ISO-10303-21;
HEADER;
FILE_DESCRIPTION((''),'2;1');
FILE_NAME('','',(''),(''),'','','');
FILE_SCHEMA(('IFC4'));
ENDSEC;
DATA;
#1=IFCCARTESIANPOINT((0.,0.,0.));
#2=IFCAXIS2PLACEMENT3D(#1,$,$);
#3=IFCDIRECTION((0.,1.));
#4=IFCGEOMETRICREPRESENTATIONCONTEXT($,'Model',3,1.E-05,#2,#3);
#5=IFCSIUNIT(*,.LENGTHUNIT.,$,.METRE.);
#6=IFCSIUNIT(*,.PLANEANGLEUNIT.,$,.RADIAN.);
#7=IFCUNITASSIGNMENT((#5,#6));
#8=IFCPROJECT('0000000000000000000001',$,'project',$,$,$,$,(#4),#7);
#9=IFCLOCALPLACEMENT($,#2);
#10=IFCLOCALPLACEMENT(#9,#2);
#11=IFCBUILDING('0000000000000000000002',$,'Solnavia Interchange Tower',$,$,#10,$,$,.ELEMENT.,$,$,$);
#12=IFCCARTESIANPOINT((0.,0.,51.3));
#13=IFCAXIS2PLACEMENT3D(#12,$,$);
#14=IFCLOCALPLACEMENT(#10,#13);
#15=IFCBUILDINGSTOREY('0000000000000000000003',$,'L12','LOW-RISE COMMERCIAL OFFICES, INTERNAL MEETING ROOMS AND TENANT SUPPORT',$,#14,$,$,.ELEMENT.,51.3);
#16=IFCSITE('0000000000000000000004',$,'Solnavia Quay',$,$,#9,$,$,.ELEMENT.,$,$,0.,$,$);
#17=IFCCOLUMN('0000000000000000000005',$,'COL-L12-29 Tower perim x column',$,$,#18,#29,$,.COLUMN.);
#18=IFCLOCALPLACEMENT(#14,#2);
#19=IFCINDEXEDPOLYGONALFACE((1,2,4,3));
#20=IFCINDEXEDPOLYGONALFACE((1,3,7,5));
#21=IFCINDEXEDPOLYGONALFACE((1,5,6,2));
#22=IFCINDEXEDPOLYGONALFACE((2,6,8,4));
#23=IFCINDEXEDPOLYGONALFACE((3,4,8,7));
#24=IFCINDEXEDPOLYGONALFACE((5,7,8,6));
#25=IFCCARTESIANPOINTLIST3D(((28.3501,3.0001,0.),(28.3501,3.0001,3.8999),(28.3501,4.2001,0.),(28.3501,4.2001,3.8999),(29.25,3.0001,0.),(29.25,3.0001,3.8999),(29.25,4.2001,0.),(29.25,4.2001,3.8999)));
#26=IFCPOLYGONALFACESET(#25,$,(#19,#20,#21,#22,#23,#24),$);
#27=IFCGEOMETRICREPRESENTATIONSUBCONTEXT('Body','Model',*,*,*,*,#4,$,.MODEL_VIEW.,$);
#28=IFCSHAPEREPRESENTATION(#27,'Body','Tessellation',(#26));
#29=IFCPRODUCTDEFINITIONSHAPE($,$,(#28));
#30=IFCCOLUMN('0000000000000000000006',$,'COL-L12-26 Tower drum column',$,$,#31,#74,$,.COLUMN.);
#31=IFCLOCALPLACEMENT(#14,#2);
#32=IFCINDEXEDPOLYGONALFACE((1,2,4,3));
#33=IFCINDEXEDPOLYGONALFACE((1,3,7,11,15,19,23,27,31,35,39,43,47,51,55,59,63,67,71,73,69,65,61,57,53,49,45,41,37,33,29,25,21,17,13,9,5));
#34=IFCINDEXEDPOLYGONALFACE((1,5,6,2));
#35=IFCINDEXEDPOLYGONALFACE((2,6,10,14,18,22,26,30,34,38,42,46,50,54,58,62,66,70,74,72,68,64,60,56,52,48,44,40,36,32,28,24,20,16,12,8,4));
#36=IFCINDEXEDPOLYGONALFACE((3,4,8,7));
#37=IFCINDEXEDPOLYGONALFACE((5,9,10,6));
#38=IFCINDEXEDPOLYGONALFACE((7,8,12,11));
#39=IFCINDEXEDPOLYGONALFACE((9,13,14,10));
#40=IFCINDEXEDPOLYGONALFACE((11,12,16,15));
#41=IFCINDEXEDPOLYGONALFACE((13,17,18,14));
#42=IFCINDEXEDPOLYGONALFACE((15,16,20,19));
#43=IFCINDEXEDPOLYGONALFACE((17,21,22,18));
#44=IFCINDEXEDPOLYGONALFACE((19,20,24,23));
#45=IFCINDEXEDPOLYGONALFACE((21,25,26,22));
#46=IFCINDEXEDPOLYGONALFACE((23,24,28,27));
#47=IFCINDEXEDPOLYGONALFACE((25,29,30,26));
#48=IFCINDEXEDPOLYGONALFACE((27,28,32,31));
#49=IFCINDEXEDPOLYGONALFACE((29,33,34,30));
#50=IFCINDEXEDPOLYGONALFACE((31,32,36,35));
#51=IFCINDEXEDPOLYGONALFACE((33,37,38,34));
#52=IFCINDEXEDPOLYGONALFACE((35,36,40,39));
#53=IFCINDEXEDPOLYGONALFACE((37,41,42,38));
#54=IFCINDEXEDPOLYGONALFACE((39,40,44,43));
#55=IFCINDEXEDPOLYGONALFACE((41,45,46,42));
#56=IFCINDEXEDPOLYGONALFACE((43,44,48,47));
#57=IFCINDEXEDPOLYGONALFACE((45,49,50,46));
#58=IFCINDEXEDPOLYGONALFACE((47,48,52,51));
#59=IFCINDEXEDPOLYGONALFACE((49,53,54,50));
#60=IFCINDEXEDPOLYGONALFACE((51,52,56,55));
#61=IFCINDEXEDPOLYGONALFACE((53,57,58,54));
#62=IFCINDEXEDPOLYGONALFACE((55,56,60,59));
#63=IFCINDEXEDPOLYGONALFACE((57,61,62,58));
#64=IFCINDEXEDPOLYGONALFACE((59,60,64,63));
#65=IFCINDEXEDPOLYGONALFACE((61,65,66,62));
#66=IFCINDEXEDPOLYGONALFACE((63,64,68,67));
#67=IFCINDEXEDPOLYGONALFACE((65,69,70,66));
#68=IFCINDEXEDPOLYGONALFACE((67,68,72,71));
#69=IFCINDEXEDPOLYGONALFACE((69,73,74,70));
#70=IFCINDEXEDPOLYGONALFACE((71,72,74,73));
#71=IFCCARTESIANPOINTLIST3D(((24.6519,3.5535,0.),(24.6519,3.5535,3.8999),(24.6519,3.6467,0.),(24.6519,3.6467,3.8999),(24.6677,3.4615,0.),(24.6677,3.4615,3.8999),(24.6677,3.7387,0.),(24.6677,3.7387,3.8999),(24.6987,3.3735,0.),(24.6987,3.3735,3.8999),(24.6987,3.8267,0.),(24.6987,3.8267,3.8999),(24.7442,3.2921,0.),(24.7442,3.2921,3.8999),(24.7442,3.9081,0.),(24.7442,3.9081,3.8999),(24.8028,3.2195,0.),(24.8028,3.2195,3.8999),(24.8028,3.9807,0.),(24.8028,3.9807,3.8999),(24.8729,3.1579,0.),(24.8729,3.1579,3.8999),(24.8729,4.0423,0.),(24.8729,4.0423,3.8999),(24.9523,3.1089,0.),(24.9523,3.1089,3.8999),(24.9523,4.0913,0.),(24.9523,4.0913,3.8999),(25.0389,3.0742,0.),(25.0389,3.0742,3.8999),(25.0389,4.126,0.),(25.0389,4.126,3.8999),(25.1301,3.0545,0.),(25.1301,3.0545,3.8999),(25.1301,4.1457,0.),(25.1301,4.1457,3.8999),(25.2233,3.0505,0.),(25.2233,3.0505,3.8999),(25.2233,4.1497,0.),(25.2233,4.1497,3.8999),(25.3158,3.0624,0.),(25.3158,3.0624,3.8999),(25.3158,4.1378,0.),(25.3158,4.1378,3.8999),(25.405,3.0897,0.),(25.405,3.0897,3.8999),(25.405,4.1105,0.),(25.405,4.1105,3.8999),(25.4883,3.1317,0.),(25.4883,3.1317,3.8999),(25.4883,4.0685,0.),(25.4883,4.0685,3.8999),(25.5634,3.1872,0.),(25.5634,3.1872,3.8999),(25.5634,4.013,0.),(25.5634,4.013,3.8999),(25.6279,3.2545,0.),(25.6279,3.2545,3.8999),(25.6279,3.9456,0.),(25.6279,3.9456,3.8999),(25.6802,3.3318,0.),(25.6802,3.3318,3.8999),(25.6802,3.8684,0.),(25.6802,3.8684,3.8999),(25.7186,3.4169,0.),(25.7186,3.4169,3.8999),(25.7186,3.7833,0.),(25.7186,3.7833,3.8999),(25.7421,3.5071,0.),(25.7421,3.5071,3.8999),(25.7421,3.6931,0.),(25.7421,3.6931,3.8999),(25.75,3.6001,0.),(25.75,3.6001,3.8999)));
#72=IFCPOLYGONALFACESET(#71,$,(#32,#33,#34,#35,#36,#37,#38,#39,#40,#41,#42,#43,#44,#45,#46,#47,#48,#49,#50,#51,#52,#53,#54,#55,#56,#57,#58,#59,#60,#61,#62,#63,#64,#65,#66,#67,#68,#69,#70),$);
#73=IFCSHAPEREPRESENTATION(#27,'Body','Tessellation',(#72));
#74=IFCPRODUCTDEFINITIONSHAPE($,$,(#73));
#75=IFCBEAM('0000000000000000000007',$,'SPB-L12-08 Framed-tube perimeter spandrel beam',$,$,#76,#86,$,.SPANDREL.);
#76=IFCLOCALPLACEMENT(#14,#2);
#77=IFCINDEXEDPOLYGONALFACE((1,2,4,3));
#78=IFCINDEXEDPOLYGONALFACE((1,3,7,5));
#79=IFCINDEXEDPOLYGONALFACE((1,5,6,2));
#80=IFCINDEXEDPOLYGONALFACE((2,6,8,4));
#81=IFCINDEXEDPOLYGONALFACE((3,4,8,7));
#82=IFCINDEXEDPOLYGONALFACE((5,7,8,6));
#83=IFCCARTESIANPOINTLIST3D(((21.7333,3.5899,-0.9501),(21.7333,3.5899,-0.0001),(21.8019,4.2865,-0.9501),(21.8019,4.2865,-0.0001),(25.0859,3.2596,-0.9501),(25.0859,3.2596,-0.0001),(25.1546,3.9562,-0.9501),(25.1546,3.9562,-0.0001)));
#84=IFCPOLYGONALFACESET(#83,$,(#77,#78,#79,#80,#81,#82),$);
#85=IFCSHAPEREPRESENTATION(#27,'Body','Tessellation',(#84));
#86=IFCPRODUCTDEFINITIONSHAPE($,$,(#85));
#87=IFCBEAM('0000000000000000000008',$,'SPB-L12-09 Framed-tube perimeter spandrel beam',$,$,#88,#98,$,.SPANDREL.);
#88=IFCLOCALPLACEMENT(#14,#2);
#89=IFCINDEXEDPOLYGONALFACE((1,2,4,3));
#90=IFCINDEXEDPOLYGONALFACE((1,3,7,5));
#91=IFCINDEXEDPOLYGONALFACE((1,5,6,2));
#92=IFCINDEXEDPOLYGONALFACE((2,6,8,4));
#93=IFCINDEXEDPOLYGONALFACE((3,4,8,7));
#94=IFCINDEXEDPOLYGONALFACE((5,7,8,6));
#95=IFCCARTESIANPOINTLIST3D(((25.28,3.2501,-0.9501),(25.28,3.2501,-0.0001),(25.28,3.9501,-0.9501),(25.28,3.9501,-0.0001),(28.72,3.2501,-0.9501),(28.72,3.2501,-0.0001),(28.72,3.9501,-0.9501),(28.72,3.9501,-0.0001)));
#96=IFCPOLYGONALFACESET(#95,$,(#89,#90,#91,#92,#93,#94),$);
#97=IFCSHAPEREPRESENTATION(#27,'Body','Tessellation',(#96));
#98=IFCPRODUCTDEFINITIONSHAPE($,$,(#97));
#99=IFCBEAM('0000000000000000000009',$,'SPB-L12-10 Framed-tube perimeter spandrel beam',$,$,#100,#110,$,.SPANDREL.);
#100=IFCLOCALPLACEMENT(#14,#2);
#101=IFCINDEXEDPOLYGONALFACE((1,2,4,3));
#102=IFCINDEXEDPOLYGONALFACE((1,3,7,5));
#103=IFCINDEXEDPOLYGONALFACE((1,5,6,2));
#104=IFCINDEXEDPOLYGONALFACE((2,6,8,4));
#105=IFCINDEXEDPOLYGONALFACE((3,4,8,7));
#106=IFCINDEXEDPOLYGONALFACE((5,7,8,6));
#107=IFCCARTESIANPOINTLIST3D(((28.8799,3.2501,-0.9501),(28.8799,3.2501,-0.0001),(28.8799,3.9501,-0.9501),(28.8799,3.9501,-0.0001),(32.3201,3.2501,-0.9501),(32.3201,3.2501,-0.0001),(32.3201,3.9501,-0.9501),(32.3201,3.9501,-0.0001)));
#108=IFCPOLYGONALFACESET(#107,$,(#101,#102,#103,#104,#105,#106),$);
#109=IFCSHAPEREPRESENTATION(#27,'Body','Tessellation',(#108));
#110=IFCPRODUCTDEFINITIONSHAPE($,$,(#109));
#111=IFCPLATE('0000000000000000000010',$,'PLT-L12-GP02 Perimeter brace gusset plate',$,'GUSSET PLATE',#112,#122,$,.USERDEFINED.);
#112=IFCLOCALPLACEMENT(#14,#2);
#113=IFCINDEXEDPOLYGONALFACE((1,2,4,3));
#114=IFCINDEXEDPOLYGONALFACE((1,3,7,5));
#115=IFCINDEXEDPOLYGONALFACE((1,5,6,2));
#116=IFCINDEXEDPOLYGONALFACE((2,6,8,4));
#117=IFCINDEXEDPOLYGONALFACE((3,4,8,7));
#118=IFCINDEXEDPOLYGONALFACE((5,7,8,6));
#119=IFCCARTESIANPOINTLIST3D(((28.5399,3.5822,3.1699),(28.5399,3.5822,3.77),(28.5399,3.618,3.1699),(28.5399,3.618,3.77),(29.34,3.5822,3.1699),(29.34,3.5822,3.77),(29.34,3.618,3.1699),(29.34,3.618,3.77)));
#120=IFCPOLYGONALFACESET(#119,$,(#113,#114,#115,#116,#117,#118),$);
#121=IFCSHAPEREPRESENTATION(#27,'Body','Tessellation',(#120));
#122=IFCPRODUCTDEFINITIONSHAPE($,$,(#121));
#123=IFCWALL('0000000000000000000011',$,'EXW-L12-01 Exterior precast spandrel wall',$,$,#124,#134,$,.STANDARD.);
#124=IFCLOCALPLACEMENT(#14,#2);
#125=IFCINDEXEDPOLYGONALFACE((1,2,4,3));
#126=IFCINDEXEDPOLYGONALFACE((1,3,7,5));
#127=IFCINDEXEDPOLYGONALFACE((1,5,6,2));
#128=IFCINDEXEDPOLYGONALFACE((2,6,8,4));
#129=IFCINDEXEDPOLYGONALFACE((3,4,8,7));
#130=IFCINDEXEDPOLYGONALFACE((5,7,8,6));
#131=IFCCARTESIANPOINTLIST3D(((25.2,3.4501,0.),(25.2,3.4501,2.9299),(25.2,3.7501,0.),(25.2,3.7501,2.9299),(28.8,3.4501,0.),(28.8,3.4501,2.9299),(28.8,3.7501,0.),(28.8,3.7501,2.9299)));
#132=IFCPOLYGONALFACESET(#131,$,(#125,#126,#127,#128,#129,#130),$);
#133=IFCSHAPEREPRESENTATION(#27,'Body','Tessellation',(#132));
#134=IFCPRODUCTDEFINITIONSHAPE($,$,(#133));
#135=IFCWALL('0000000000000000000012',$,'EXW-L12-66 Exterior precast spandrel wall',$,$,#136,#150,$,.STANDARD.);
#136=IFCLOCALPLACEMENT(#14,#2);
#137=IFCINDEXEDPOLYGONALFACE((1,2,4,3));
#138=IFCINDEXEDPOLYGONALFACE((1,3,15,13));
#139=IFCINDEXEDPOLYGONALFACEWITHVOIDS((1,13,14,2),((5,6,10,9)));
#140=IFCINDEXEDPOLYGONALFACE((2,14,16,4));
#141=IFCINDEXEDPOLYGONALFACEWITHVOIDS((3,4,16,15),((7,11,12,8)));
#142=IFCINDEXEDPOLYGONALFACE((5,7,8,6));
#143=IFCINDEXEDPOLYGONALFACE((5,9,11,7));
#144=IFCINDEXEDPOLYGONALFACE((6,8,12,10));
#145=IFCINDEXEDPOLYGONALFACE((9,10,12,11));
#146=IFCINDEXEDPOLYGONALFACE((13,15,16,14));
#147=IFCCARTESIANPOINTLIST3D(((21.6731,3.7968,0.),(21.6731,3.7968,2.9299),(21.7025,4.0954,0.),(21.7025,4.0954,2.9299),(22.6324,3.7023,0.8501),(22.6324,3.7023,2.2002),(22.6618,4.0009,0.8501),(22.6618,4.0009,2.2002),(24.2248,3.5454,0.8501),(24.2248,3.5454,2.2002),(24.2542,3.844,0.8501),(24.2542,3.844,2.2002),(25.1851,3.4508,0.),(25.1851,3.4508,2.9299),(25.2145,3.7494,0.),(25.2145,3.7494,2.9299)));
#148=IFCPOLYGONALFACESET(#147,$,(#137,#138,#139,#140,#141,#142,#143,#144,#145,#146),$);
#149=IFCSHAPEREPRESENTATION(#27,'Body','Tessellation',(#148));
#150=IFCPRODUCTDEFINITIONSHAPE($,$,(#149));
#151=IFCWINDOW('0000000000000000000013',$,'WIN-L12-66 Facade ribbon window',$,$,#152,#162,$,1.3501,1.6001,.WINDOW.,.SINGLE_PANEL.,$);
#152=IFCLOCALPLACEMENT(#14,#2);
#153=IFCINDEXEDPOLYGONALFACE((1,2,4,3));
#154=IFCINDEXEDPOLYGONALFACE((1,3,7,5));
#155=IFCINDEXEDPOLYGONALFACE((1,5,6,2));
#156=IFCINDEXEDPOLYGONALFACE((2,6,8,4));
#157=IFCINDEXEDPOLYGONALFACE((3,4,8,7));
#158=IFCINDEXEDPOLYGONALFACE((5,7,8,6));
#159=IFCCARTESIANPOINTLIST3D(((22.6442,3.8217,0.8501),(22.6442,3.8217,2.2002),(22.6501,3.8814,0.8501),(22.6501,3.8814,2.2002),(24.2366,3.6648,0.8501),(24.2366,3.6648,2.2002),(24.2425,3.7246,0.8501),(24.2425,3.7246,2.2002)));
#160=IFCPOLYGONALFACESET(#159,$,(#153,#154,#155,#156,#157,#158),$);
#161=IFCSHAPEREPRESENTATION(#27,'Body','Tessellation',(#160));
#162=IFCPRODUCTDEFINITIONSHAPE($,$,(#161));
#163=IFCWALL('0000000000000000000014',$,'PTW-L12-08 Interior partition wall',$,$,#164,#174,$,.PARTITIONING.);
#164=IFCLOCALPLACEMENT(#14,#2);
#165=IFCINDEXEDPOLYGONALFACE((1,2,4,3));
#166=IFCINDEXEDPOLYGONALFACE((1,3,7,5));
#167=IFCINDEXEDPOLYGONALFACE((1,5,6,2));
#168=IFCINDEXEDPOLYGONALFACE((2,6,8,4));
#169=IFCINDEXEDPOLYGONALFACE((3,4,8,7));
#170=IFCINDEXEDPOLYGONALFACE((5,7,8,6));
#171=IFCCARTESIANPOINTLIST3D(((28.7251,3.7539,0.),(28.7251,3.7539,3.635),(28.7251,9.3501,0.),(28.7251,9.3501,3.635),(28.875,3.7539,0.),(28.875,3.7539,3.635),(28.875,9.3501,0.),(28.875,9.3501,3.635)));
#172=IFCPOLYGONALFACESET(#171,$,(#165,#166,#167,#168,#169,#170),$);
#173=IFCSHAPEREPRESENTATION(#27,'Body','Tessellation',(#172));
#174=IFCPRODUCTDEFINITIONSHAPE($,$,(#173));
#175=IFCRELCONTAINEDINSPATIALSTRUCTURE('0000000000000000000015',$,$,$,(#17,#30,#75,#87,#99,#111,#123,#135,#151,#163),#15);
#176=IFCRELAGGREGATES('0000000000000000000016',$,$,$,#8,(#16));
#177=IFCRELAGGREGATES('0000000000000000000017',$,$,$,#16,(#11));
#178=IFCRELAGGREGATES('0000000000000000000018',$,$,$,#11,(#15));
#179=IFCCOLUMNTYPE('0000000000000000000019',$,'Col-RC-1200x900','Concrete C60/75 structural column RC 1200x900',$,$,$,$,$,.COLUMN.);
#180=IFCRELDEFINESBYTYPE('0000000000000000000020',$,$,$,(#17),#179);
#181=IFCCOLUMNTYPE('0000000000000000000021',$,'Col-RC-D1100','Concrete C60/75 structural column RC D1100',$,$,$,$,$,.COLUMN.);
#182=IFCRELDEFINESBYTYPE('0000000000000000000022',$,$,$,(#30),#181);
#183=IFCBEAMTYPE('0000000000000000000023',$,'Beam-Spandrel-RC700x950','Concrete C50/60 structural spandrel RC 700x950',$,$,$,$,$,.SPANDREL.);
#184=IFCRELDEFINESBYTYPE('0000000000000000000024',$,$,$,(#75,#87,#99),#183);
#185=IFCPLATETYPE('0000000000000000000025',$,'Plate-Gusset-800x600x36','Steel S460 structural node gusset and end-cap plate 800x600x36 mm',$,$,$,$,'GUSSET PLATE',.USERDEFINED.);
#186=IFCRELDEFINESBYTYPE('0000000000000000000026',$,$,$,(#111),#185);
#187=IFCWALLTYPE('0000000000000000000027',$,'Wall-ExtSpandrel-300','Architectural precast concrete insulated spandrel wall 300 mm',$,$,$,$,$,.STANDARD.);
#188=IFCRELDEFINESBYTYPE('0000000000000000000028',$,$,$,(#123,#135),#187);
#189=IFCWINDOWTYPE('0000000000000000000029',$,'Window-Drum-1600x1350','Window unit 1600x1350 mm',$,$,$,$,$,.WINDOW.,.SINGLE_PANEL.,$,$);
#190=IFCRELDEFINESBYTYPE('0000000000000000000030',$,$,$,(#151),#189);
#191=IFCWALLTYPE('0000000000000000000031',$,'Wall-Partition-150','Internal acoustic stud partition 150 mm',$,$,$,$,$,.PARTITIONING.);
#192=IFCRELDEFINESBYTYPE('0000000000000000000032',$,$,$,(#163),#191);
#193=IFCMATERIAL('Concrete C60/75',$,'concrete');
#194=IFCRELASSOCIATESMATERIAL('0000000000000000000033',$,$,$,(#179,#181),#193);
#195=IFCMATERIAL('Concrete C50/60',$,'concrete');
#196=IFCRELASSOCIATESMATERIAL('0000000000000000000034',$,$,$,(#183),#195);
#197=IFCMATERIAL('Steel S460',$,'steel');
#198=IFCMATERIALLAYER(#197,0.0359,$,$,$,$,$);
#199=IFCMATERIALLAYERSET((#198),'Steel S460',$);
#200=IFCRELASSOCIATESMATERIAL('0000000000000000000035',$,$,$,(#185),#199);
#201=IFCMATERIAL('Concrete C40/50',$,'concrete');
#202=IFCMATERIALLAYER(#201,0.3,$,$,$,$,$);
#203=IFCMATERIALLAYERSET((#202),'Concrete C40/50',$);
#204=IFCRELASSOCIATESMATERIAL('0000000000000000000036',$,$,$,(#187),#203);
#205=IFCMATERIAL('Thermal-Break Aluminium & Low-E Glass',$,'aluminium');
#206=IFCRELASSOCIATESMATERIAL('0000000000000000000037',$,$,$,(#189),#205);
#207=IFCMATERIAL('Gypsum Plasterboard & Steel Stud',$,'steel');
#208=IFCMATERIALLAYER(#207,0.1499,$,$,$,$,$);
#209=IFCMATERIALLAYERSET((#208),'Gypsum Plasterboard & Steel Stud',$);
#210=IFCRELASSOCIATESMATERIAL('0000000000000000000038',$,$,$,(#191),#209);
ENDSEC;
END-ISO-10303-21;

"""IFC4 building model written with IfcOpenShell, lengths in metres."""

from ifc_helpers import new_model, si_unit, direction, frame, frame_2d, origin, origin_2d, place, context, subcontext, project, spatial, rectangle, circle, extrude, material, layer, layer_set, material_profile, profile_set, type_object, element, fill, save


model = new_model("IFC4")

# Units and contexts
model_context = context("Model", 3, precision=1e-05, world=origin(), true_north=direction((0.0, 1.0)))
body_context = subcontext(model_context, "Body", "Model", "MODEL_VIEW")
ifc_project = project(units=[si_unit("LENGTHUNIT", "METRE"), si_unit("PLANEANGLEUNIT", "RADIAN")], contexts=[model_context])

# Site, building, storey
site_placement = place(None, origin())
site = spatial("IfcSite", under=ifc_project, at=site_placement, Name="Solnavia Quay", CompositionType="ELEMENT", RefElevation=0.0)
building_placement = place(site_placement, origin())
building = spatial("IfcBuilding", under=site, at=building_placement, Name="Solnavia Interchange Tower", CompositionType="ELEMENT")
storey_placement = place(building_placement, frame((0.0, 0.0, 51.3)))
storey = spatial("IfcBuildingStorey", under=building, at=storey_placement, Name="L12", Description="LOW-RISE COMMERCIAL OFFICES, INTERNAL MEETING ROOMS AND TENANT SUPPORT", CompositionType="ELEMENT", Elevation=51.3)

# Columns
ifc_material_1 = material(Name="Concrete C60/75", Category="concrete")
ifc_material_profile_1 = material_profile(ifc_material_1, rectangle(XDim=0.8999, YDim=1.2, at=origin_2d()), Name="RC 1200x900")
ifc_profile_set_1 = profile_set([ifc_material_profile_1], Name="Concrete C60/75")
column_type_1 = type_object("IfcColumnType", Name="Col-RC-1200x900", Description="Concrete C60/75 structural column RC 1200x900", PredefinedType="COLUMN", material=ifc_profile_set_1)
column_1_placement = place(storey_placement, frame((28.8, 3.6001, 0.0), z_axis=(0.0, 0.0, 1.0), x_axis=(1.0, 0.0, 0.0)))
element("IfcColumn", 1, at=column_1_placement, inside=storey, type_object=column_type_1, Name="COL-L12-29 Tower perim x column", PredefinedType="COLUMN", context=body_context, shape_type="SweptSolid", body=[
    extrude(rectangle(XDim=0.8999, YDim=1.2, at=origin_2d()), origin(), (0.0, 0.0, 1.0), 3.8999),
])
ifc_material_profile_2 = material_profile(ifc_material_1, circle(Radius=0.55, at=origin_2d()), Name="RC D1100")
ifc_profile_set_2 = profile_set([ifc_material_profile_2], Name="Concrete C60/75")
column_type_2 = type_object("IfcColumnType", Name="Col-RC-D1100", Description="Concrete C60/75 structural column RC D1100", PredefinedType="COLUMN", material=ifc_profile_set_2)
column_2_placement = place(storey_placement, frame((25.2, 3.6001, 0.0), z_axis=(0.0, 0.0, 1.0), x_axis=(1.0, 0.0, 0.0)))
element("IfcColumn", 2, at=column_2_placement, inside=storey, type_object=column_type_2, Name="COL-L12-26 Tower drum column", PredefinedType="COLUMN", context=body_context, shape_type="SweptSolid", body=[
    extrude(circle(Radius=0.55, at=origin_2d()), origin(), (0.0, 0.0, 1.0), 3.8999),
])

# Beams
ifc_material_2 = material(Name="Concrete C50/60", Category="concrete")
ifc_material_profile_3 = material_profile(ifc_material_2, rectangle(XDim=0.7, YDim=0.95, at=origin_2d()), Name="RC 700x950")
ifc_profile_set_3 = profile_set([ifc_material_profile_3], Name="Concrete C50/60")
beam_type = type_object("IfcBeamType", Name="Beam-Spandrel-RC700x950", Description="Concrete C50/60 structural spandrel RC 700x950", PredefinedType="SPANDREL", material=ifc_profile_set_3)
beam_1_placement = place(storey_placement, frame((21.7676, 3.9382, -0.4751), z_axis=(0.995182, -0.098047, 0.0), x_axis=(0.098047, 0.995182, 0.0)))
element("IfcBeam", 3, at=beam_1_placement, inside=storey, type_object=beam_type, Name="SPB-L12-08 Framed-tube perimeter spandrel beam", PredefinedType="SPANDREL", context=body_context, shape_type="SweptSolid", body=[
    extrude(rectangle(XDim=0.7, YDim=0.95, at=origin_2d()), origin(), (0.0, 0.0, 1.0), 3.3689),
])
beam_2_placement = place(storey_placement, frame((25.28, 3.6001, -0.4751), z_axis=(1.0, 0.0, 0.0), x_axis=(0.0, 1.0, 0.0)))
element("IfcBeam", 4, at=beam_2_placement, inside=storey, type_object=beam_type, Name="SPB-L12-09 Framed-tube perimeter spandrel beam", PredefinedType="SPANDREL", context=body_context, shape_type="SweptSolid", body=[
    extrude(rectangle(XDim=0.7, YDim=0.95, at=origin_2d()), origin(), (0.0, 0.0, 1.0), 3.4399),
])
beam_3_placement = place(storey_placement, frame((28.8799, 3.6001, -0.4751), z_axis=(1.0, 0.0, 0.0), x_axis=(0.0, 1.0, 0.0)))
element("IfcBeam", 5, at=beam_3_placement, inside=storey, type_object=beam_type, Name="SPB-L12-10 Framed-tube perimeter spandrel beam", PredefinedType="SPANDREL", context=body_context, shape_type="SweptSolid", body=[
    extrude(rectangle(XDim=0.7, YDim=0.95, at=origin_2d()), origin(), (0.0, 0.0, 1.0), 3.4402),
])

# Plate
ifc_material_3 = material(Name="Steel S460", Category="steel")
ifc_layer_1 = layer(ifc_material_3, 0.0359)
ifc_layer_set_1 = layer_set([ifc_layer_1], Name="Steel S460")
plate_type = type_object("IfcPlateType", Name="Plate-Gusset-800x600x36", Description="Steel S460 structural node gusset and end-cap plate 800x600x36 mm", ElementType="GUSSET PLATE", PredefinedType="USERDEFINED", material=ifc_layer_set_1)
plate_placement = place(storey_placement, frame((28.9399, 3.6001, 3.1699), z_axis=(0.0, 0.0, 1.0), x_axis=(-1.0, 0.0, 0.0)))
element("IfcPlate", 6, at=plate_placement, inside=storey, type_object=plate_type, Name="PLT-L12-GP02 Perimeter brace gusset plate", ObjectType="GUSSET PLATE", PredefinedType="USERDEFINED", context=body_context, shape_type="SweptSolid", body=[
    extrude(rectangle(XDim=0.8, YDim=0.0359, at=origin_2d()), origin(), (0.0, 0.0, 1.0), 0.6001),
])

# Wall
ifc_material_4 = material(Name="Concrete C40/50", Category="concrete")
ifc_layer_2 = layer(ifc_material_4, 0.3)
ifc_layer_set_2 = layer_set([ifc_layer_2], Name="Concrete C40/50")
wall_type_1 = type_object("IfcWallType", Name="Wall-ExtSpandrel-300", Description="Architectural precast concrete insulated spandrel wall 300 mm", PredefinedType="STANDARD", material=ifc_layer_set_2)
wall_1_placement = place(storey_placement, frame((28.8, 3.6001, 0.0), z_axis=(0.0, 0.0, 1.0), x_axis=(-1.0, 0.0, 0.0)))
element("IfcWall", 7, at=wall_1_placement, inside=storey, type_object=wall_type_1, Name="EXW-L12-01 Exterior precast spandrel wall", PredefinedType="STANDARD", context=body_context, shape_type="SweptSolid", body=[
    extrude(rectangle(XDim=3.6001, YDim=0.3, at=frame_2d((1.8, 0.0))), origin(), (0.0, 0.0, 1.0), 2.9299),
])

# Wall, opening, window
wall_2_placement = place(storey_placement, frame((25.2, 3.6001, 0.0), z_axis=(0.0, 0.0, 1.0), x_axis=(-0.995183, 0.098031, 0.0)))
wall_2 = element("IfcWall", 8, at=wall_2_placement, inside=storey, type_object=wall_type_1, Name="EXW-L12-66 Exterior precast spandrel wall", PredefinedType="STANDARD", context=body_context, shape_type="SweptSolid", body=[
    extrude(rectangle(XDim=3.5291, YDim=0.3, at=frame_2d((1.7646, 0.0))), origin(), (0.0, 0.0, 1.0), 2.9299),
])
opening_1_placement = place(wall_2_placement, frame((0.9651, 0.0, 0.8501)))
opening_1 = element("IfcOpeningElement", 9, at=opening_1_placement, cuts=wall_2, PredefinedType="OPENING", context=body_context, shape_type="SweptSolid", body=[
    extrude(rectangle(XDim=1.6001, YDim=1.3501, at=frame_2d((0.8, 0.675))), frame((0.0, 0.1602, 0.0), z_axis=(0.0, -1.0, 0.0), x_axis=(1.0, 0.0, 0.0)), (0.0, 0.0, 1.0), 0.3201),
])
ifc_material_5 = material(Name="Thermal-Break Aluminium & Low-E Glass", Category="aluminium")
window_type = type_object("IfcWindowType", Name="Window-Drum-1600x1350", Description="Window unit 1600x1350 mm", PartitioningType="SINGLE_PANEL", PredefinedType="WINDOW", material=ifc_material_5)
window_placement = place(opening_1_placement, origin())
window = element("IfcWindow", 10, at=window_placement, inside=storey, type_object=window_type, Name="WIN-L12-66 Facade ribbon window", OverallHeight=1.3501, OverallWidth=1.6001, PartitioningType="SINGLE_PANEL", PredefinedType="WINDOW", context=body_context, shape_type="SweptSolid", body=[
    extrude(rectangle(XDim=1.6001, YDim=1.3501, at=frame_2d((0.8, 0.675))), frame((0.0, 0.03, 0.0), z_axis=(0.0, -1.0, 0.0), x_axis=(1.0, 0.0, 0.0)), (0.0, 0.0, 1.0), 0.0601),
])
fill(opening_1, window)

# Wall
ifc_material_6 = material(Name="Gypsum Plasterboard & Steel Stud", Category="steel")
ifc_layer_3 = layer(ifc_material_6, 0.1499)
ifc_layer_set_3 = layer_set([ifc_layer_3], Name="Gypsum Plasterboard & Steel Stud")
wall_type_2 = type_object("IfcWallType", Name="Wall-Partition-150", Description="Internal acoustic stud partition 150 mm", PredefinedType="PARTITIONING", material=ifc_layer_set_3)
wall_3_placement = place(storey_placement, frame((28.8, 9.3501, 0.0), z_axis=(0.0, 0.0, 1.0), x_axis=(0.0, -1.0, 0.0)))
element("IfcWall", 11, at=wall_3_placement, inside=storey, type_object=wall_type_2, Name="PTW-L12-08 Interior partition wall", PredefinedType="PARTITIONING", context=body_context, shape_type="SweptSolid", body=[
    extrude(rectangle(XDim=5.5962, YDim=0.1499, at=frame_2d((2.7981, 0.0))), origin(), (0.0, 0.0, 1.0), 3.635),
])

save(model, "model.ifc")
